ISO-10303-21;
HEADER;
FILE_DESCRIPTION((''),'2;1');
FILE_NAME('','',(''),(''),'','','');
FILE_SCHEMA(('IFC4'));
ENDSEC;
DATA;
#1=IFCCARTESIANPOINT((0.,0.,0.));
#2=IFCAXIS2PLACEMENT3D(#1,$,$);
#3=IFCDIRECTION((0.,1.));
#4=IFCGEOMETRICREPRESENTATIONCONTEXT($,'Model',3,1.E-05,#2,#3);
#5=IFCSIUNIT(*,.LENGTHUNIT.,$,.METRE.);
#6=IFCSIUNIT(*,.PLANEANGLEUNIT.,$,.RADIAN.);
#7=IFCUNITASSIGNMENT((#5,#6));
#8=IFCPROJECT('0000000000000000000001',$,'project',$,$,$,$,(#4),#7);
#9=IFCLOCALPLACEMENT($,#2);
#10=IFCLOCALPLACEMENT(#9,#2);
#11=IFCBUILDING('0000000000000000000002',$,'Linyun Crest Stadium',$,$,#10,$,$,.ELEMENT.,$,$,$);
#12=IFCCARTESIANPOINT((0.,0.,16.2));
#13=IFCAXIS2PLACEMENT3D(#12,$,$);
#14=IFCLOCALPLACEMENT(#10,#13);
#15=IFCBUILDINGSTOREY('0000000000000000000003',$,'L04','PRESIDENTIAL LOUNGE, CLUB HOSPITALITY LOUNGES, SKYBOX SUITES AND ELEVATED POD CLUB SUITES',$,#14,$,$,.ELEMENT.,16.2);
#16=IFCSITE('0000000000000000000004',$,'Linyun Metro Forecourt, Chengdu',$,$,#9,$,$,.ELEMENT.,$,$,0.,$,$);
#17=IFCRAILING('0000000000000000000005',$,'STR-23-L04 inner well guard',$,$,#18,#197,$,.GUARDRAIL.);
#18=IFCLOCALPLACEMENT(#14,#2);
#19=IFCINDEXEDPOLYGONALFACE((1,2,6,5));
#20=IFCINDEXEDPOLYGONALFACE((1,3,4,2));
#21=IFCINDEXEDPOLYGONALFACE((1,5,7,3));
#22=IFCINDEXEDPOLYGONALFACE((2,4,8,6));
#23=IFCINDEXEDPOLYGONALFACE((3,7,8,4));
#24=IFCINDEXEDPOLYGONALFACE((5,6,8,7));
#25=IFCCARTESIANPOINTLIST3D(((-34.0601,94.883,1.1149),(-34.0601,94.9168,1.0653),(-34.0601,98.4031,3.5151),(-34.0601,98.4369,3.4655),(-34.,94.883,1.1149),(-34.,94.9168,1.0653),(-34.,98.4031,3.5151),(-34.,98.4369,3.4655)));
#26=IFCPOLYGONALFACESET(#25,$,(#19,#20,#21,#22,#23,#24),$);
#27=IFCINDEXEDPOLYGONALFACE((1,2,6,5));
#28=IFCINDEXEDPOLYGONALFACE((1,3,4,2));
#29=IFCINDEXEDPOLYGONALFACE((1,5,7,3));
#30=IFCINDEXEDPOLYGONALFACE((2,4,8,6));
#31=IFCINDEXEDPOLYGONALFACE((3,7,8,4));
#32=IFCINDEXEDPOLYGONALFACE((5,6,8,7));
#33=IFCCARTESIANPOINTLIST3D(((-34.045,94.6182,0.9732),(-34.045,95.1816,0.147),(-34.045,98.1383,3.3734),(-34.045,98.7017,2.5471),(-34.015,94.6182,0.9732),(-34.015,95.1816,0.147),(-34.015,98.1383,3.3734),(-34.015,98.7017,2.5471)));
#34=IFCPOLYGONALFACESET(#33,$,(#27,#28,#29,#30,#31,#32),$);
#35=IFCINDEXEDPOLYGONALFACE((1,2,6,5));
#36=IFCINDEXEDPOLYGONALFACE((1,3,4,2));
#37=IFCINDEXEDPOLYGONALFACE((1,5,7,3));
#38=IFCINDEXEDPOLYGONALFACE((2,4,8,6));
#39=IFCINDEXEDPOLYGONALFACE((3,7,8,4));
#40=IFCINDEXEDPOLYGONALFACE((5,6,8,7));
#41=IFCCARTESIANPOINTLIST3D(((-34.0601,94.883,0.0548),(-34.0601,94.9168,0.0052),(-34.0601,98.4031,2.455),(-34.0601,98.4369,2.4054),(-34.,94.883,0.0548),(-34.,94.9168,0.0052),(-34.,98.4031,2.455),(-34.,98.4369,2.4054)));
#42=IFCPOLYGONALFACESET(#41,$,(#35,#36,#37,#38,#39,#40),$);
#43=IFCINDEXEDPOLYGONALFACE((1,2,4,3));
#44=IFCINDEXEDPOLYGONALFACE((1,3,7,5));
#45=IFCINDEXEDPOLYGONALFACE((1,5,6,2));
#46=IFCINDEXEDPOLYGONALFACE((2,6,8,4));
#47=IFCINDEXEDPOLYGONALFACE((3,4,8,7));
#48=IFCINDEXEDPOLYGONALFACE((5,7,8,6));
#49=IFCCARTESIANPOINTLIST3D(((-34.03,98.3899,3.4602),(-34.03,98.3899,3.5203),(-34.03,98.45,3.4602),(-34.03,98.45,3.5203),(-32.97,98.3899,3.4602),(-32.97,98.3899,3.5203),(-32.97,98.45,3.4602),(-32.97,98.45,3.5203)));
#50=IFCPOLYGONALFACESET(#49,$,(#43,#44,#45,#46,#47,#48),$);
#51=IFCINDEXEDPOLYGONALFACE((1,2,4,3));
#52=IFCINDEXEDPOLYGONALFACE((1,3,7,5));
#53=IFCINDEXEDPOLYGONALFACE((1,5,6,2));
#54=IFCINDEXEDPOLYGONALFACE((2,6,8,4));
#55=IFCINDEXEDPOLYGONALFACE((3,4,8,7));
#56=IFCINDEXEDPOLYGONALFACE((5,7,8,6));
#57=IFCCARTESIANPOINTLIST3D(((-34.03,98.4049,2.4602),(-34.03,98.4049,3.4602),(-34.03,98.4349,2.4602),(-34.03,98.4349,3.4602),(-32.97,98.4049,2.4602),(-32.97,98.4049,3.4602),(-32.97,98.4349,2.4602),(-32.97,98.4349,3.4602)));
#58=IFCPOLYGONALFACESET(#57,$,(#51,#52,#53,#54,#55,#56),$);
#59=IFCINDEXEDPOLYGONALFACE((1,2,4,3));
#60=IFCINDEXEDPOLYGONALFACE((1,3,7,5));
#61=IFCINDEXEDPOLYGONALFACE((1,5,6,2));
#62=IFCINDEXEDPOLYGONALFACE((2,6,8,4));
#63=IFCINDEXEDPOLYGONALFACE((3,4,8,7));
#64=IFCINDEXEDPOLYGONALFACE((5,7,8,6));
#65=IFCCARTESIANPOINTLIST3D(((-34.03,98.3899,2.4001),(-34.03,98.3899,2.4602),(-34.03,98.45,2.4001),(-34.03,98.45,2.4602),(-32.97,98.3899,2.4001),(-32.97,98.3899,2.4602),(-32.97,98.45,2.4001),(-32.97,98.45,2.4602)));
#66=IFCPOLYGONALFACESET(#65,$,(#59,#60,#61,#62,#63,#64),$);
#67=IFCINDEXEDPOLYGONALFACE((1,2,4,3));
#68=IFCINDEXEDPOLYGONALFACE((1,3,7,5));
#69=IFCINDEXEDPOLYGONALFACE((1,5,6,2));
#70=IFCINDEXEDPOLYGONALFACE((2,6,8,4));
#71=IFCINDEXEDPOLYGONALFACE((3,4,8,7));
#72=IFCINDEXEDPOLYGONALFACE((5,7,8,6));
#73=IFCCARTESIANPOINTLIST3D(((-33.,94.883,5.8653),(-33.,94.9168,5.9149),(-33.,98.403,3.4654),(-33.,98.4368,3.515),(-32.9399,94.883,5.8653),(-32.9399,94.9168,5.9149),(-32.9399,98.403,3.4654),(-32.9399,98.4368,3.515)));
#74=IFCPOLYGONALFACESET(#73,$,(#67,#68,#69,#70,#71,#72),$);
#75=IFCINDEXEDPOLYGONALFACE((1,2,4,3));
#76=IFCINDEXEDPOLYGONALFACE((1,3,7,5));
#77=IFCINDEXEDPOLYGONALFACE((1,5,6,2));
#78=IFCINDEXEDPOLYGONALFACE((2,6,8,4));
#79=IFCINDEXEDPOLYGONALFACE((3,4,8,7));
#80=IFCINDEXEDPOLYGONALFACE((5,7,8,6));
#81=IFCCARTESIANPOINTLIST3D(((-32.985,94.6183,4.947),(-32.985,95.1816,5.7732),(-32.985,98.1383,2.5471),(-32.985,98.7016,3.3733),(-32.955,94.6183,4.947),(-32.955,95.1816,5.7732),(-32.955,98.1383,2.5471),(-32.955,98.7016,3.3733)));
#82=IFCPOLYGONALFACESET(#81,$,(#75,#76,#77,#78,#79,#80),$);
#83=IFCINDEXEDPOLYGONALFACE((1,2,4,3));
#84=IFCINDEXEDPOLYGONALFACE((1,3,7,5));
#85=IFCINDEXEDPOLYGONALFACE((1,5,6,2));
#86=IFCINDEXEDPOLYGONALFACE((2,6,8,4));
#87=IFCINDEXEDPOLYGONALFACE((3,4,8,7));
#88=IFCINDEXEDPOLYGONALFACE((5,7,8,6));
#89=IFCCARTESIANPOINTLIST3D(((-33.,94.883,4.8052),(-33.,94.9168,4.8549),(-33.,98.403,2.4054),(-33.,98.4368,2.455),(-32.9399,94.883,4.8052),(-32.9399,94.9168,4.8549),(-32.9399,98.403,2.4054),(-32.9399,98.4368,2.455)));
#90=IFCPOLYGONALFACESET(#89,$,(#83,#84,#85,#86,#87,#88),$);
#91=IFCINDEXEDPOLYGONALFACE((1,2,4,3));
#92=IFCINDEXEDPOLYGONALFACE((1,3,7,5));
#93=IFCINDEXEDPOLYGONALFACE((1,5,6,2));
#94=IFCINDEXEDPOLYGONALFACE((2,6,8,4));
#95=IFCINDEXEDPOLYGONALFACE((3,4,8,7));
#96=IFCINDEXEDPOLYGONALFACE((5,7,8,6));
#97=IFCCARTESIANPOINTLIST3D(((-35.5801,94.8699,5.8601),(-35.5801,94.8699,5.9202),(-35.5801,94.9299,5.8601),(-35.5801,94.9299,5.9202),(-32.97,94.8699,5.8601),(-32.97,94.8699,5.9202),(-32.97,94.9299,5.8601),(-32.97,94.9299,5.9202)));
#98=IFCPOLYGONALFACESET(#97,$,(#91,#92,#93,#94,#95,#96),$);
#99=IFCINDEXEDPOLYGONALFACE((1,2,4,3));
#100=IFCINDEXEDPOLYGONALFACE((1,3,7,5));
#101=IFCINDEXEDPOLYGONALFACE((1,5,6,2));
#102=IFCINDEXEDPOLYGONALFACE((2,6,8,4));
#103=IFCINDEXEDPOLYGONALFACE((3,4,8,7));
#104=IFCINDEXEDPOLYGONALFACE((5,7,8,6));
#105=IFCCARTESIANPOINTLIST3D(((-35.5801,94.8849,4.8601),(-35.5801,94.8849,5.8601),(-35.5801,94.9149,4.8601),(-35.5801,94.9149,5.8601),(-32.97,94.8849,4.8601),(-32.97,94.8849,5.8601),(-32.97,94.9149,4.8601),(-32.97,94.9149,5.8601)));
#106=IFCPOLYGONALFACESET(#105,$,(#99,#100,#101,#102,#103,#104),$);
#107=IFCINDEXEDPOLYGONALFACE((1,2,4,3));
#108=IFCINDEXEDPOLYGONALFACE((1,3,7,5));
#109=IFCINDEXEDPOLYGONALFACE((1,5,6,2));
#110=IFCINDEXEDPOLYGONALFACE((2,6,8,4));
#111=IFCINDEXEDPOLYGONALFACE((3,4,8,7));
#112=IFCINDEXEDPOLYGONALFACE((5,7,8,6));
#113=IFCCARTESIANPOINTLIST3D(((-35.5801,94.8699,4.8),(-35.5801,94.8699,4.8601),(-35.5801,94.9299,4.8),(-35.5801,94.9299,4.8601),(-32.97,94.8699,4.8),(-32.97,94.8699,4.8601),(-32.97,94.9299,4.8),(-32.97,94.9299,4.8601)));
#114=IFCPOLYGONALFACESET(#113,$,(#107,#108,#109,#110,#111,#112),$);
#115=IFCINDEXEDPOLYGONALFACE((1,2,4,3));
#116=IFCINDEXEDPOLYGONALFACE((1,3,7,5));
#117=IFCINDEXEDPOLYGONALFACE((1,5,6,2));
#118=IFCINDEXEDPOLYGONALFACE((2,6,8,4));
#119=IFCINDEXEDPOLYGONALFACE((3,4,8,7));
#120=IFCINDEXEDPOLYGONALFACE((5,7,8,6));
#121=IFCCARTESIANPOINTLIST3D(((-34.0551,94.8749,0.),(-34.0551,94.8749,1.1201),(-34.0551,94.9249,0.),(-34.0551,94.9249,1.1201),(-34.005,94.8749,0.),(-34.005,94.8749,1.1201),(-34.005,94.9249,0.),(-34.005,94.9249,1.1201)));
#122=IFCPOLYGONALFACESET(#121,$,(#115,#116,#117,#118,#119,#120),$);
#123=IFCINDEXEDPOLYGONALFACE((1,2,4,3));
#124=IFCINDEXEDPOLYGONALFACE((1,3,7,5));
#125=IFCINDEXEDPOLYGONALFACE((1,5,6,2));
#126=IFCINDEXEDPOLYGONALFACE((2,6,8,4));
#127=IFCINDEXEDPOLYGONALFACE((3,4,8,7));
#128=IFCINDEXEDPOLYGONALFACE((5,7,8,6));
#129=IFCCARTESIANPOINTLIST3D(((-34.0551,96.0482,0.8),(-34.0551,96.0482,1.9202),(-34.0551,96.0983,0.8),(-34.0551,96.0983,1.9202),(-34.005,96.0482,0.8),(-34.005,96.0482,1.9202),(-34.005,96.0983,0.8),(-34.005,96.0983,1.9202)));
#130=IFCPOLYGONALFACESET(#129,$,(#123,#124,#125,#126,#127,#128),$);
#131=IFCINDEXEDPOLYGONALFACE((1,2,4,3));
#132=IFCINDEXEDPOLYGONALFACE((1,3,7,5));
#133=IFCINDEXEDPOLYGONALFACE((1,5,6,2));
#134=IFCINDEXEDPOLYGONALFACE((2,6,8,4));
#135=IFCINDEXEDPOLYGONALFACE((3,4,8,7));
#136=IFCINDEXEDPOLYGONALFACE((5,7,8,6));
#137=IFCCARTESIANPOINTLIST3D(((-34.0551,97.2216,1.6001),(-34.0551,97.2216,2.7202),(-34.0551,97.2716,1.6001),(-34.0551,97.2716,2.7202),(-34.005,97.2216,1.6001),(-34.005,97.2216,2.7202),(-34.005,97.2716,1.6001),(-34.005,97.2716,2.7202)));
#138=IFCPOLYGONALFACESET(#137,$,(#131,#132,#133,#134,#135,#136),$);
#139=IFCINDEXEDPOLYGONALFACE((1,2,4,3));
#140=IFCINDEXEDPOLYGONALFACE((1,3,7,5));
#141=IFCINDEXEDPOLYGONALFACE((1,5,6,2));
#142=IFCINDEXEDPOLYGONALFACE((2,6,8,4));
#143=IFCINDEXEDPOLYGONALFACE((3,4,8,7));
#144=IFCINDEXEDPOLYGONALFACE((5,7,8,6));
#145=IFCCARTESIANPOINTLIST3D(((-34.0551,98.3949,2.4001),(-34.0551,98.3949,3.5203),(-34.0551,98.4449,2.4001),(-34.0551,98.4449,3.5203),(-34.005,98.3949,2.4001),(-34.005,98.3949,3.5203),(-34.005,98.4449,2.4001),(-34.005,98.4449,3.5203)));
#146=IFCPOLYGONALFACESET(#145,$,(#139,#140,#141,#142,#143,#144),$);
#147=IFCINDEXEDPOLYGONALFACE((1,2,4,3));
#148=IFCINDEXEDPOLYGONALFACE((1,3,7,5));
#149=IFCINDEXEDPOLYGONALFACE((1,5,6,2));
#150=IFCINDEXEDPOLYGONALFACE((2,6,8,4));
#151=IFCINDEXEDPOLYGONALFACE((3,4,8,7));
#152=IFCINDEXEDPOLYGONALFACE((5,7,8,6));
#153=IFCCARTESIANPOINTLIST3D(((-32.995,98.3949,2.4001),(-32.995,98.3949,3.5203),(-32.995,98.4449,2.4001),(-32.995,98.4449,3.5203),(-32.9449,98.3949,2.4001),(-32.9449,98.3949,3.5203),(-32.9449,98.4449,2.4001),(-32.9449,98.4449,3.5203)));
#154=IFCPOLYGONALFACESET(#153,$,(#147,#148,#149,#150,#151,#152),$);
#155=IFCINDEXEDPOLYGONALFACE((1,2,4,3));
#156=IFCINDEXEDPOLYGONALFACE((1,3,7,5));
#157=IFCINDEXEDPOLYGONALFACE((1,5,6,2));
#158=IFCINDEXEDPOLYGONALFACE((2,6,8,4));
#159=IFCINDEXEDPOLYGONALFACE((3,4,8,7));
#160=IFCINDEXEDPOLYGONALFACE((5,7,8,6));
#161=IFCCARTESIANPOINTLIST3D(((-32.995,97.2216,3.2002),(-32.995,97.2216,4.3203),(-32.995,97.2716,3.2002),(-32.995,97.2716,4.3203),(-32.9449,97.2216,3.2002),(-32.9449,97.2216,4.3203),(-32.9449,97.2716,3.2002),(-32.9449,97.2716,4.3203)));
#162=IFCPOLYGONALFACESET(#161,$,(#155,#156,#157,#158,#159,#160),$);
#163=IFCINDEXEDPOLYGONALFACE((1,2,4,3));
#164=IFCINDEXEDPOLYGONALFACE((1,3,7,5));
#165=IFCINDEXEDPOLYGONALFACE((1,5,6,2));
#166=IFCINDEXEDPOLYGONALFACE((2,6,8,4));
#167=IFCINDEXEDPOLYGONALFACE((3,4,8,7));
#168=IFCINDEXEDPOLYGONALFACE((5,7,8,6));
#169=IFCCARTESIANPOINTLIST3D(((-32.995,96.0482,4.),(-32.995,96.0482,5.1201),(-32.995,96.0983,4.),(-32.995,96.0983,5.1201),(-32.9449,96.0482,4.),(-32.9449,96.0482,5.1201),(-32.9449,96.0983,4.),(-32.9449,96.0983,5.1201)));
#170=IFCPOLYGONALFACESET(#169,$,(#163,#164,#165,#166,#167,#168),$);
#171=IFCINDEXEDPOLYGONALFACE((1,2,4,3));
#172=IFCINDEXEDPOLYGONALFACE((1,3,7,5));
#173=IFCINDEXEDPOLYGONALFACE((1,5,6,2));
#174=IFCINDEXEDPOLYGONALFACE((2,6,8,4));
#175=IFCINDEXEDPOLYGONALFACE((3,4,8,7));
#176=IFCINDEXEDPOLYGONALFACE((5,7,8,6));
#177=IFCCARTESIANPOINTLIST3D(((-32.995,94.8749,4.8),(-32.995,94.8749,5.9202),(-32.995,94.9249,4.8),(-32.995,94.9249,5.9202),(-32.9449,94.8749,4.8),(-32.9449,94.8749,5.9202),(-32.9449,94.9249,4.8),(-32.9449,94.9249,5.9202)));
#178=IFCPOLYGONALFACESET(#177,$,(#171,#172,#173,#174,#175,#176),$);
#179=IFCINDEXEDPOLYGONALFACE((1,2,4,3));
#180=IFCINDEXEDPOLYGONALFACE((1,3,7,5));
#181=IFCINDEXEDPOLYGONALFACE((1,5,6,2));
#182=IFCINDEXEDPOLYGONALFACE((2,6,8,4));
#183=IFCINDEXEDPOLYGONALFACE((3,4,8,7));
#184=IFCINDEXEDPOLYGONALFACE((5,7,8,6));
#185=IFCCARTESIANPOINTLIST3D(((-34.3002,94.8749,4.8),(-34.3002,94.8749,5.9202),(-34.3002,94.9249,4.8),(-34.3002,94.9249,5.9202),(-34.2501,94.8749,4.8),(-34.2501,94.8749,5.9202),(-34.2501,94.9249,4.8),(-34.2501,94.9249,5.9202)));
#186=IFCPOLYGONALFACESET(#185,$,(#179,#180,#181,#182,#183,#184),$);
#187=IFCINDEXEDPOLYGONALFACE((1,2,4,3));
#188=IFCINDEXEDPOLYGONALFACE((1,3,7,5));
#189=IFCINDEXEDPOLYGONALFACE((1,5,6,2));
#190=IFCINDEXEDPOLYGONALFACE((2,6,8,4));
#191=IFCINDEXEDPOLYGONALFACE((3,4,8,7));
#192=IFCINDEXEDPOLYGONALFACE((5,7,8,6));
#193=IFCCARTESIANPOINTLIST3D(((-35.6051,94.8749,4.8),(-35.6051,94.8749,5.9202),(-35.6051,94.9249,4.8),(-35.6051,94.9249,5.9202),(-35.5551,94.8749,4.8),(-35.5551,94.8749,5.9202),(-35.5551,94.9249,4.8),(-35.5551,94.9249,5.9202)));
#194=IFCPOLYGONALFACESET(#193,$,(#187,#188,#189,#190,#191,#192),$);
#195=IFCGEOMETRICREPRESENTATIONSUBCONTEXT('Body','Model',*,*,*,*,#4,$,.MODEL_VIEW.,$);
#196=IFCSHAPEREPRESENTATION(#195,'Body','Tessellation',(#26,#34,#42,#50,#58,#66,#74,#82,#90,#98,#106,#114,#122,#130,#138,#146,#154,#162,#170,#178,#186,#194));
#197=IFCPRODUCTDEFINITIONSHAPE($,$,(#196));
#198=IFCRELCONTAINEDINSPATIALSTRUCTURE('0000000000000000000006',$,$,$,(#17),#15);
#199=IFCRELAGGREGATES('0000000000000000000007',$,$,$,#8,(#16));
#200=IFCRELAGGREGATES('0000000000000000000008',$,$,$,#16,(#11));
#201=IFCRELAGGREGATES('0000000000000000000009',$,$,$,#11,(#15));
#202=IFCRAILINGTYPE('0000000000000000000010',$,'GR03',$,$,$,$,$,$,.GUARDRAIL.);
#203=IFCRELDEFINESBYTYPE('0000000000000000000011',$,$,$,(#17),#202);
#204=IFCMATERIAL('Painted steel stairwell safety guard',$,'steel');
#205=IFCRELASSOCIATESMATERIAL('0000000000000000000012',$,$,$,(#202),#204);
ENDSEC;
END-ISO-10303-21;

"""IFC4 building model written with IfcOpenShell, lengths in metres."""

from ifc_helpers import new_model, si_unit, direction, frame, origin, origin_2d, place, context, subcontext, project, spatial, rectangle, extrude, material, type_object, element, save


model = new_model("IFC4")

# Units and contexts
model_context = context("Model", 3, precision=1e-05, world=origin(), true_north=direction((0.0, 1.0)))
body_context = subcontext(model_context, "Body", "Model", "MODEL_VIEW")
ifc_project = project(units=[si_unit("LENGTHUNIT", "METRE"), si_unit("PLANEANGLEUNIT", "RADIAN")], contexts=[model_context])

# Site, building, storey
site_placement = place(None, origin())
site = spatial("IfcSite", under=ifc_project, at=site_placement, Name="Linyun Metro Forecourt, Chengdu", CompositionType="ELEMENT", RefElevation=0.0)
building_placement = place(site_placement, origin())
building = spatial("IfcBuilding", under=site, at=building_placement, Name="Linyun Crest Stadium", CompositionType="ELEMENT")
storey_placement = place(building_placement, frame((0.0, 0.0, 16.2)))
storey = spatial("IfcBuildingStorey", under=building, at=storey_placement, Name="L04", Description="PRESIDENTIAL LOUNGE, CLUB HOSPITALITY LOUNGES, SKYBOX SUITES AND ELEVATED POD CLUB SUITES", CompositionType="ELEMENT", Elevation=16.2)

# Railing
ifc_material_1 = material(Name="Painted steel stairwell safety guard", Category="steel")
railing_type_1 = type_object("IfcRailingType", Name="GR03", PredefinedType="GUARDRAIL", material=ifc_material_1)
railing_1_placement = place(storey_placement, frame((-34.03, 94.8999, 0.0)))
element("IfcRailing", 1, at=railing_1_placement, inside=storey, type_object=railing_type_1, Name="STR-23-L04 inner well guard", PredefinedType="GUARDRAIL", context=body_context, shape_type="SweptSolid", body=[
    extrude(rectangle(XDim=0.0601, YDim=0.0601, at=origin_2d()), frame((0.0, 0.0, 1.0901), z_axis=(0.0, 0.826213, 0.563358), x_axis=(-1.0, 0.0, 0.0)), (0.0, 0.0, 1.0), 4.2605),
    extrude(rectangle(XDim=0.03, YDim=1.0, at=origin_2d()), frame((0.0, 0.0, 0.5601), z_axis=(0.0, 0.826213, 0.563358), x_axis=(-1.0, 0.0, 0.0)), (0.0, 0.0, 1.0), 4.2605),
    extrude(rectangle(XDim=0.0601, YDim=0.0601, at=origin_2d()), frame((0.0, 0.0, 0.03), z_axis=(0.0, 0.826213, 0.563358), x_axis=(-1.0, 0.0, 0.0)), (0.0, 0.0, 1.0), 4.2605),
    extrude(rectangle(XDim=0.0601, YDim=0.0601, at=origin_2d()), frame((0.0, 3.52, 3.4902), z_axis=(1.0, 0.0, 0.0), x_axis=(0.0, 1.0, 0.0)), (0.0, 0.0, 1.0), 1.0601),
    extrude(rectangle(XDim=0.03, YDim=1.0, at=origin_2d()), frame((0.0, 3.52, 2.9602), z_axis=(1.0, 0.0, 0.0), x_axis=(0.0, 1.0, 0.0)), (0.0, 0.0, 1.0), 1.0601),
    extrude(rectangle(XDim=0.0601, YDim=0.0601, at=origin_2d()), frame((0.0, 3.52, 2.4302), z_axis=(1.0, 0.0, 0.0), x_axis=(0.0, 1.0, 0.0)), (0.0, 0.0, 1.0), 1.0601),
    extrude(rectangle(XDim=0.0601, YDim=0.0601, at=origin_2d()), frame((1.0601, 3.52, 3.4902), z_axis=(0.0, -0.826239, 0.563319), x_axis=(1.0, 0.0, 0.0)), (0.0, 0.0, 1.0), 4.2603),
    extrude(rectangle(XDim=0.03, YDim=1.0, at=origin_2d()), frame((1.0601, 3.52, 2.9602), z_axis=(0.0, -0.826239, 0.563319), x_axis=(1.0, 0.0, 0.0)), (0.0, 0.0, 1.0), 4.2603),
    extrude(rectangle(XDim=0.0601, YDim=0.0601, at=origin_2d()), frame((1.0601, 3.52, 2.4302), z_axis=(0.0, -0.826239, 0.563319), x_axis=(1.0, 0.0, 0.0)), (0.0, 0.0, 1.0), 4.2603),
    extrude(rectangle(XDim=0.0601, YDim=0.0601, at=origin_2d()), frame((1.0601, 0.0, 5.8901), z_axis=(-1.0, 0.0, 0.0), x_axis=(0.0, -1.0, 0.0)), (0.0, 0.0, 1.0), 2.6101),
    extrude(rectangle(XDim=0.03, YDim=1.0, at=origin_2d()), frame((1.0601, 0.0, 5.3601), z_axis=(-1.0, 0.0, 0.0), x_axis=(0.0, -1.0, 0.0)), (0.0, 0.0, 1.0), 2.6101),
    extrude(rectangle(XDim=0.0601, YDim=0.0601, at=origin_2d()), frame((1.0601, 0.0, 4.8301), z_axis=(-1.0, 0.0, 0.0), x_axis=(0.0, -1.0, 0.0)), (0.0, 0.0, 1.0), 2.6101),
    extrude(rectangle(XDim=0.05, YDim=0.05, at=origin_2d()), origin(), (0.0, 0.0, 1.0), 1.1201),
    extrude(rectangle(XDim=0.05, YDim=0.05, at=origin_2d()), frame((0.0, 1.1733, 0.8)), (0.0, 0.0, 1.0), 1.1201),
    extrude(rectangle(XDim=0.05, YDim=0.05, at=origin_2d()), frame((0.0, 2.3467, 1.6001)), (0.0, 0.0, 1.0), 1.1201),
    extrude(rectangle(XDim=0.05, YDim=0.05, at=origin_2d()), frame((0.0, 3.52, 2.4001)), (0.0, 0.0, 1.0), 1.1201),
    extrude(rectangle(XDim=0.05, YDim=0.05, at=origin_2d()), frame((1.0601, 3.52, 2.4001)), (0.0, 0.0, 1.0), 1.1201),
    extrude(rectangle(XDim=0.05, YDim=0.05, at=origin_2d()), frame((1.0601, 2.3467, 3.2002)), (0.0, 0.0, 1.0), 1.1201),
    extrude(rectangle(XDim=0.05, YDim=0.05, at=origin_2d()), frame((1.0601, 1.1733, 4.0)), (0.0, 0.0, 1.0), 1.1201),
    extrude(rectangle(XDim=0.05, YDim=0.05, at=origin_2d()), frame((1.0601, 0.0, 4.8)), (0.0, 0.0, 1.0), 1.1201),
    extrude(rectangle(XDim=0.05, YDim=0.05, at=origin_2d()), frame((-0.2451, 0.0, 4.8)), (0.0, 0.0, 1.0), 1.1201),
    extrude(rectangle(XDim=0.05, YDim=0.05, at=origin_2d()), frame((-1.55, 0.0, 4.8)), (0.0, 0.0, 1.0), 1.1201),
])

save(model, "model.ifc")
